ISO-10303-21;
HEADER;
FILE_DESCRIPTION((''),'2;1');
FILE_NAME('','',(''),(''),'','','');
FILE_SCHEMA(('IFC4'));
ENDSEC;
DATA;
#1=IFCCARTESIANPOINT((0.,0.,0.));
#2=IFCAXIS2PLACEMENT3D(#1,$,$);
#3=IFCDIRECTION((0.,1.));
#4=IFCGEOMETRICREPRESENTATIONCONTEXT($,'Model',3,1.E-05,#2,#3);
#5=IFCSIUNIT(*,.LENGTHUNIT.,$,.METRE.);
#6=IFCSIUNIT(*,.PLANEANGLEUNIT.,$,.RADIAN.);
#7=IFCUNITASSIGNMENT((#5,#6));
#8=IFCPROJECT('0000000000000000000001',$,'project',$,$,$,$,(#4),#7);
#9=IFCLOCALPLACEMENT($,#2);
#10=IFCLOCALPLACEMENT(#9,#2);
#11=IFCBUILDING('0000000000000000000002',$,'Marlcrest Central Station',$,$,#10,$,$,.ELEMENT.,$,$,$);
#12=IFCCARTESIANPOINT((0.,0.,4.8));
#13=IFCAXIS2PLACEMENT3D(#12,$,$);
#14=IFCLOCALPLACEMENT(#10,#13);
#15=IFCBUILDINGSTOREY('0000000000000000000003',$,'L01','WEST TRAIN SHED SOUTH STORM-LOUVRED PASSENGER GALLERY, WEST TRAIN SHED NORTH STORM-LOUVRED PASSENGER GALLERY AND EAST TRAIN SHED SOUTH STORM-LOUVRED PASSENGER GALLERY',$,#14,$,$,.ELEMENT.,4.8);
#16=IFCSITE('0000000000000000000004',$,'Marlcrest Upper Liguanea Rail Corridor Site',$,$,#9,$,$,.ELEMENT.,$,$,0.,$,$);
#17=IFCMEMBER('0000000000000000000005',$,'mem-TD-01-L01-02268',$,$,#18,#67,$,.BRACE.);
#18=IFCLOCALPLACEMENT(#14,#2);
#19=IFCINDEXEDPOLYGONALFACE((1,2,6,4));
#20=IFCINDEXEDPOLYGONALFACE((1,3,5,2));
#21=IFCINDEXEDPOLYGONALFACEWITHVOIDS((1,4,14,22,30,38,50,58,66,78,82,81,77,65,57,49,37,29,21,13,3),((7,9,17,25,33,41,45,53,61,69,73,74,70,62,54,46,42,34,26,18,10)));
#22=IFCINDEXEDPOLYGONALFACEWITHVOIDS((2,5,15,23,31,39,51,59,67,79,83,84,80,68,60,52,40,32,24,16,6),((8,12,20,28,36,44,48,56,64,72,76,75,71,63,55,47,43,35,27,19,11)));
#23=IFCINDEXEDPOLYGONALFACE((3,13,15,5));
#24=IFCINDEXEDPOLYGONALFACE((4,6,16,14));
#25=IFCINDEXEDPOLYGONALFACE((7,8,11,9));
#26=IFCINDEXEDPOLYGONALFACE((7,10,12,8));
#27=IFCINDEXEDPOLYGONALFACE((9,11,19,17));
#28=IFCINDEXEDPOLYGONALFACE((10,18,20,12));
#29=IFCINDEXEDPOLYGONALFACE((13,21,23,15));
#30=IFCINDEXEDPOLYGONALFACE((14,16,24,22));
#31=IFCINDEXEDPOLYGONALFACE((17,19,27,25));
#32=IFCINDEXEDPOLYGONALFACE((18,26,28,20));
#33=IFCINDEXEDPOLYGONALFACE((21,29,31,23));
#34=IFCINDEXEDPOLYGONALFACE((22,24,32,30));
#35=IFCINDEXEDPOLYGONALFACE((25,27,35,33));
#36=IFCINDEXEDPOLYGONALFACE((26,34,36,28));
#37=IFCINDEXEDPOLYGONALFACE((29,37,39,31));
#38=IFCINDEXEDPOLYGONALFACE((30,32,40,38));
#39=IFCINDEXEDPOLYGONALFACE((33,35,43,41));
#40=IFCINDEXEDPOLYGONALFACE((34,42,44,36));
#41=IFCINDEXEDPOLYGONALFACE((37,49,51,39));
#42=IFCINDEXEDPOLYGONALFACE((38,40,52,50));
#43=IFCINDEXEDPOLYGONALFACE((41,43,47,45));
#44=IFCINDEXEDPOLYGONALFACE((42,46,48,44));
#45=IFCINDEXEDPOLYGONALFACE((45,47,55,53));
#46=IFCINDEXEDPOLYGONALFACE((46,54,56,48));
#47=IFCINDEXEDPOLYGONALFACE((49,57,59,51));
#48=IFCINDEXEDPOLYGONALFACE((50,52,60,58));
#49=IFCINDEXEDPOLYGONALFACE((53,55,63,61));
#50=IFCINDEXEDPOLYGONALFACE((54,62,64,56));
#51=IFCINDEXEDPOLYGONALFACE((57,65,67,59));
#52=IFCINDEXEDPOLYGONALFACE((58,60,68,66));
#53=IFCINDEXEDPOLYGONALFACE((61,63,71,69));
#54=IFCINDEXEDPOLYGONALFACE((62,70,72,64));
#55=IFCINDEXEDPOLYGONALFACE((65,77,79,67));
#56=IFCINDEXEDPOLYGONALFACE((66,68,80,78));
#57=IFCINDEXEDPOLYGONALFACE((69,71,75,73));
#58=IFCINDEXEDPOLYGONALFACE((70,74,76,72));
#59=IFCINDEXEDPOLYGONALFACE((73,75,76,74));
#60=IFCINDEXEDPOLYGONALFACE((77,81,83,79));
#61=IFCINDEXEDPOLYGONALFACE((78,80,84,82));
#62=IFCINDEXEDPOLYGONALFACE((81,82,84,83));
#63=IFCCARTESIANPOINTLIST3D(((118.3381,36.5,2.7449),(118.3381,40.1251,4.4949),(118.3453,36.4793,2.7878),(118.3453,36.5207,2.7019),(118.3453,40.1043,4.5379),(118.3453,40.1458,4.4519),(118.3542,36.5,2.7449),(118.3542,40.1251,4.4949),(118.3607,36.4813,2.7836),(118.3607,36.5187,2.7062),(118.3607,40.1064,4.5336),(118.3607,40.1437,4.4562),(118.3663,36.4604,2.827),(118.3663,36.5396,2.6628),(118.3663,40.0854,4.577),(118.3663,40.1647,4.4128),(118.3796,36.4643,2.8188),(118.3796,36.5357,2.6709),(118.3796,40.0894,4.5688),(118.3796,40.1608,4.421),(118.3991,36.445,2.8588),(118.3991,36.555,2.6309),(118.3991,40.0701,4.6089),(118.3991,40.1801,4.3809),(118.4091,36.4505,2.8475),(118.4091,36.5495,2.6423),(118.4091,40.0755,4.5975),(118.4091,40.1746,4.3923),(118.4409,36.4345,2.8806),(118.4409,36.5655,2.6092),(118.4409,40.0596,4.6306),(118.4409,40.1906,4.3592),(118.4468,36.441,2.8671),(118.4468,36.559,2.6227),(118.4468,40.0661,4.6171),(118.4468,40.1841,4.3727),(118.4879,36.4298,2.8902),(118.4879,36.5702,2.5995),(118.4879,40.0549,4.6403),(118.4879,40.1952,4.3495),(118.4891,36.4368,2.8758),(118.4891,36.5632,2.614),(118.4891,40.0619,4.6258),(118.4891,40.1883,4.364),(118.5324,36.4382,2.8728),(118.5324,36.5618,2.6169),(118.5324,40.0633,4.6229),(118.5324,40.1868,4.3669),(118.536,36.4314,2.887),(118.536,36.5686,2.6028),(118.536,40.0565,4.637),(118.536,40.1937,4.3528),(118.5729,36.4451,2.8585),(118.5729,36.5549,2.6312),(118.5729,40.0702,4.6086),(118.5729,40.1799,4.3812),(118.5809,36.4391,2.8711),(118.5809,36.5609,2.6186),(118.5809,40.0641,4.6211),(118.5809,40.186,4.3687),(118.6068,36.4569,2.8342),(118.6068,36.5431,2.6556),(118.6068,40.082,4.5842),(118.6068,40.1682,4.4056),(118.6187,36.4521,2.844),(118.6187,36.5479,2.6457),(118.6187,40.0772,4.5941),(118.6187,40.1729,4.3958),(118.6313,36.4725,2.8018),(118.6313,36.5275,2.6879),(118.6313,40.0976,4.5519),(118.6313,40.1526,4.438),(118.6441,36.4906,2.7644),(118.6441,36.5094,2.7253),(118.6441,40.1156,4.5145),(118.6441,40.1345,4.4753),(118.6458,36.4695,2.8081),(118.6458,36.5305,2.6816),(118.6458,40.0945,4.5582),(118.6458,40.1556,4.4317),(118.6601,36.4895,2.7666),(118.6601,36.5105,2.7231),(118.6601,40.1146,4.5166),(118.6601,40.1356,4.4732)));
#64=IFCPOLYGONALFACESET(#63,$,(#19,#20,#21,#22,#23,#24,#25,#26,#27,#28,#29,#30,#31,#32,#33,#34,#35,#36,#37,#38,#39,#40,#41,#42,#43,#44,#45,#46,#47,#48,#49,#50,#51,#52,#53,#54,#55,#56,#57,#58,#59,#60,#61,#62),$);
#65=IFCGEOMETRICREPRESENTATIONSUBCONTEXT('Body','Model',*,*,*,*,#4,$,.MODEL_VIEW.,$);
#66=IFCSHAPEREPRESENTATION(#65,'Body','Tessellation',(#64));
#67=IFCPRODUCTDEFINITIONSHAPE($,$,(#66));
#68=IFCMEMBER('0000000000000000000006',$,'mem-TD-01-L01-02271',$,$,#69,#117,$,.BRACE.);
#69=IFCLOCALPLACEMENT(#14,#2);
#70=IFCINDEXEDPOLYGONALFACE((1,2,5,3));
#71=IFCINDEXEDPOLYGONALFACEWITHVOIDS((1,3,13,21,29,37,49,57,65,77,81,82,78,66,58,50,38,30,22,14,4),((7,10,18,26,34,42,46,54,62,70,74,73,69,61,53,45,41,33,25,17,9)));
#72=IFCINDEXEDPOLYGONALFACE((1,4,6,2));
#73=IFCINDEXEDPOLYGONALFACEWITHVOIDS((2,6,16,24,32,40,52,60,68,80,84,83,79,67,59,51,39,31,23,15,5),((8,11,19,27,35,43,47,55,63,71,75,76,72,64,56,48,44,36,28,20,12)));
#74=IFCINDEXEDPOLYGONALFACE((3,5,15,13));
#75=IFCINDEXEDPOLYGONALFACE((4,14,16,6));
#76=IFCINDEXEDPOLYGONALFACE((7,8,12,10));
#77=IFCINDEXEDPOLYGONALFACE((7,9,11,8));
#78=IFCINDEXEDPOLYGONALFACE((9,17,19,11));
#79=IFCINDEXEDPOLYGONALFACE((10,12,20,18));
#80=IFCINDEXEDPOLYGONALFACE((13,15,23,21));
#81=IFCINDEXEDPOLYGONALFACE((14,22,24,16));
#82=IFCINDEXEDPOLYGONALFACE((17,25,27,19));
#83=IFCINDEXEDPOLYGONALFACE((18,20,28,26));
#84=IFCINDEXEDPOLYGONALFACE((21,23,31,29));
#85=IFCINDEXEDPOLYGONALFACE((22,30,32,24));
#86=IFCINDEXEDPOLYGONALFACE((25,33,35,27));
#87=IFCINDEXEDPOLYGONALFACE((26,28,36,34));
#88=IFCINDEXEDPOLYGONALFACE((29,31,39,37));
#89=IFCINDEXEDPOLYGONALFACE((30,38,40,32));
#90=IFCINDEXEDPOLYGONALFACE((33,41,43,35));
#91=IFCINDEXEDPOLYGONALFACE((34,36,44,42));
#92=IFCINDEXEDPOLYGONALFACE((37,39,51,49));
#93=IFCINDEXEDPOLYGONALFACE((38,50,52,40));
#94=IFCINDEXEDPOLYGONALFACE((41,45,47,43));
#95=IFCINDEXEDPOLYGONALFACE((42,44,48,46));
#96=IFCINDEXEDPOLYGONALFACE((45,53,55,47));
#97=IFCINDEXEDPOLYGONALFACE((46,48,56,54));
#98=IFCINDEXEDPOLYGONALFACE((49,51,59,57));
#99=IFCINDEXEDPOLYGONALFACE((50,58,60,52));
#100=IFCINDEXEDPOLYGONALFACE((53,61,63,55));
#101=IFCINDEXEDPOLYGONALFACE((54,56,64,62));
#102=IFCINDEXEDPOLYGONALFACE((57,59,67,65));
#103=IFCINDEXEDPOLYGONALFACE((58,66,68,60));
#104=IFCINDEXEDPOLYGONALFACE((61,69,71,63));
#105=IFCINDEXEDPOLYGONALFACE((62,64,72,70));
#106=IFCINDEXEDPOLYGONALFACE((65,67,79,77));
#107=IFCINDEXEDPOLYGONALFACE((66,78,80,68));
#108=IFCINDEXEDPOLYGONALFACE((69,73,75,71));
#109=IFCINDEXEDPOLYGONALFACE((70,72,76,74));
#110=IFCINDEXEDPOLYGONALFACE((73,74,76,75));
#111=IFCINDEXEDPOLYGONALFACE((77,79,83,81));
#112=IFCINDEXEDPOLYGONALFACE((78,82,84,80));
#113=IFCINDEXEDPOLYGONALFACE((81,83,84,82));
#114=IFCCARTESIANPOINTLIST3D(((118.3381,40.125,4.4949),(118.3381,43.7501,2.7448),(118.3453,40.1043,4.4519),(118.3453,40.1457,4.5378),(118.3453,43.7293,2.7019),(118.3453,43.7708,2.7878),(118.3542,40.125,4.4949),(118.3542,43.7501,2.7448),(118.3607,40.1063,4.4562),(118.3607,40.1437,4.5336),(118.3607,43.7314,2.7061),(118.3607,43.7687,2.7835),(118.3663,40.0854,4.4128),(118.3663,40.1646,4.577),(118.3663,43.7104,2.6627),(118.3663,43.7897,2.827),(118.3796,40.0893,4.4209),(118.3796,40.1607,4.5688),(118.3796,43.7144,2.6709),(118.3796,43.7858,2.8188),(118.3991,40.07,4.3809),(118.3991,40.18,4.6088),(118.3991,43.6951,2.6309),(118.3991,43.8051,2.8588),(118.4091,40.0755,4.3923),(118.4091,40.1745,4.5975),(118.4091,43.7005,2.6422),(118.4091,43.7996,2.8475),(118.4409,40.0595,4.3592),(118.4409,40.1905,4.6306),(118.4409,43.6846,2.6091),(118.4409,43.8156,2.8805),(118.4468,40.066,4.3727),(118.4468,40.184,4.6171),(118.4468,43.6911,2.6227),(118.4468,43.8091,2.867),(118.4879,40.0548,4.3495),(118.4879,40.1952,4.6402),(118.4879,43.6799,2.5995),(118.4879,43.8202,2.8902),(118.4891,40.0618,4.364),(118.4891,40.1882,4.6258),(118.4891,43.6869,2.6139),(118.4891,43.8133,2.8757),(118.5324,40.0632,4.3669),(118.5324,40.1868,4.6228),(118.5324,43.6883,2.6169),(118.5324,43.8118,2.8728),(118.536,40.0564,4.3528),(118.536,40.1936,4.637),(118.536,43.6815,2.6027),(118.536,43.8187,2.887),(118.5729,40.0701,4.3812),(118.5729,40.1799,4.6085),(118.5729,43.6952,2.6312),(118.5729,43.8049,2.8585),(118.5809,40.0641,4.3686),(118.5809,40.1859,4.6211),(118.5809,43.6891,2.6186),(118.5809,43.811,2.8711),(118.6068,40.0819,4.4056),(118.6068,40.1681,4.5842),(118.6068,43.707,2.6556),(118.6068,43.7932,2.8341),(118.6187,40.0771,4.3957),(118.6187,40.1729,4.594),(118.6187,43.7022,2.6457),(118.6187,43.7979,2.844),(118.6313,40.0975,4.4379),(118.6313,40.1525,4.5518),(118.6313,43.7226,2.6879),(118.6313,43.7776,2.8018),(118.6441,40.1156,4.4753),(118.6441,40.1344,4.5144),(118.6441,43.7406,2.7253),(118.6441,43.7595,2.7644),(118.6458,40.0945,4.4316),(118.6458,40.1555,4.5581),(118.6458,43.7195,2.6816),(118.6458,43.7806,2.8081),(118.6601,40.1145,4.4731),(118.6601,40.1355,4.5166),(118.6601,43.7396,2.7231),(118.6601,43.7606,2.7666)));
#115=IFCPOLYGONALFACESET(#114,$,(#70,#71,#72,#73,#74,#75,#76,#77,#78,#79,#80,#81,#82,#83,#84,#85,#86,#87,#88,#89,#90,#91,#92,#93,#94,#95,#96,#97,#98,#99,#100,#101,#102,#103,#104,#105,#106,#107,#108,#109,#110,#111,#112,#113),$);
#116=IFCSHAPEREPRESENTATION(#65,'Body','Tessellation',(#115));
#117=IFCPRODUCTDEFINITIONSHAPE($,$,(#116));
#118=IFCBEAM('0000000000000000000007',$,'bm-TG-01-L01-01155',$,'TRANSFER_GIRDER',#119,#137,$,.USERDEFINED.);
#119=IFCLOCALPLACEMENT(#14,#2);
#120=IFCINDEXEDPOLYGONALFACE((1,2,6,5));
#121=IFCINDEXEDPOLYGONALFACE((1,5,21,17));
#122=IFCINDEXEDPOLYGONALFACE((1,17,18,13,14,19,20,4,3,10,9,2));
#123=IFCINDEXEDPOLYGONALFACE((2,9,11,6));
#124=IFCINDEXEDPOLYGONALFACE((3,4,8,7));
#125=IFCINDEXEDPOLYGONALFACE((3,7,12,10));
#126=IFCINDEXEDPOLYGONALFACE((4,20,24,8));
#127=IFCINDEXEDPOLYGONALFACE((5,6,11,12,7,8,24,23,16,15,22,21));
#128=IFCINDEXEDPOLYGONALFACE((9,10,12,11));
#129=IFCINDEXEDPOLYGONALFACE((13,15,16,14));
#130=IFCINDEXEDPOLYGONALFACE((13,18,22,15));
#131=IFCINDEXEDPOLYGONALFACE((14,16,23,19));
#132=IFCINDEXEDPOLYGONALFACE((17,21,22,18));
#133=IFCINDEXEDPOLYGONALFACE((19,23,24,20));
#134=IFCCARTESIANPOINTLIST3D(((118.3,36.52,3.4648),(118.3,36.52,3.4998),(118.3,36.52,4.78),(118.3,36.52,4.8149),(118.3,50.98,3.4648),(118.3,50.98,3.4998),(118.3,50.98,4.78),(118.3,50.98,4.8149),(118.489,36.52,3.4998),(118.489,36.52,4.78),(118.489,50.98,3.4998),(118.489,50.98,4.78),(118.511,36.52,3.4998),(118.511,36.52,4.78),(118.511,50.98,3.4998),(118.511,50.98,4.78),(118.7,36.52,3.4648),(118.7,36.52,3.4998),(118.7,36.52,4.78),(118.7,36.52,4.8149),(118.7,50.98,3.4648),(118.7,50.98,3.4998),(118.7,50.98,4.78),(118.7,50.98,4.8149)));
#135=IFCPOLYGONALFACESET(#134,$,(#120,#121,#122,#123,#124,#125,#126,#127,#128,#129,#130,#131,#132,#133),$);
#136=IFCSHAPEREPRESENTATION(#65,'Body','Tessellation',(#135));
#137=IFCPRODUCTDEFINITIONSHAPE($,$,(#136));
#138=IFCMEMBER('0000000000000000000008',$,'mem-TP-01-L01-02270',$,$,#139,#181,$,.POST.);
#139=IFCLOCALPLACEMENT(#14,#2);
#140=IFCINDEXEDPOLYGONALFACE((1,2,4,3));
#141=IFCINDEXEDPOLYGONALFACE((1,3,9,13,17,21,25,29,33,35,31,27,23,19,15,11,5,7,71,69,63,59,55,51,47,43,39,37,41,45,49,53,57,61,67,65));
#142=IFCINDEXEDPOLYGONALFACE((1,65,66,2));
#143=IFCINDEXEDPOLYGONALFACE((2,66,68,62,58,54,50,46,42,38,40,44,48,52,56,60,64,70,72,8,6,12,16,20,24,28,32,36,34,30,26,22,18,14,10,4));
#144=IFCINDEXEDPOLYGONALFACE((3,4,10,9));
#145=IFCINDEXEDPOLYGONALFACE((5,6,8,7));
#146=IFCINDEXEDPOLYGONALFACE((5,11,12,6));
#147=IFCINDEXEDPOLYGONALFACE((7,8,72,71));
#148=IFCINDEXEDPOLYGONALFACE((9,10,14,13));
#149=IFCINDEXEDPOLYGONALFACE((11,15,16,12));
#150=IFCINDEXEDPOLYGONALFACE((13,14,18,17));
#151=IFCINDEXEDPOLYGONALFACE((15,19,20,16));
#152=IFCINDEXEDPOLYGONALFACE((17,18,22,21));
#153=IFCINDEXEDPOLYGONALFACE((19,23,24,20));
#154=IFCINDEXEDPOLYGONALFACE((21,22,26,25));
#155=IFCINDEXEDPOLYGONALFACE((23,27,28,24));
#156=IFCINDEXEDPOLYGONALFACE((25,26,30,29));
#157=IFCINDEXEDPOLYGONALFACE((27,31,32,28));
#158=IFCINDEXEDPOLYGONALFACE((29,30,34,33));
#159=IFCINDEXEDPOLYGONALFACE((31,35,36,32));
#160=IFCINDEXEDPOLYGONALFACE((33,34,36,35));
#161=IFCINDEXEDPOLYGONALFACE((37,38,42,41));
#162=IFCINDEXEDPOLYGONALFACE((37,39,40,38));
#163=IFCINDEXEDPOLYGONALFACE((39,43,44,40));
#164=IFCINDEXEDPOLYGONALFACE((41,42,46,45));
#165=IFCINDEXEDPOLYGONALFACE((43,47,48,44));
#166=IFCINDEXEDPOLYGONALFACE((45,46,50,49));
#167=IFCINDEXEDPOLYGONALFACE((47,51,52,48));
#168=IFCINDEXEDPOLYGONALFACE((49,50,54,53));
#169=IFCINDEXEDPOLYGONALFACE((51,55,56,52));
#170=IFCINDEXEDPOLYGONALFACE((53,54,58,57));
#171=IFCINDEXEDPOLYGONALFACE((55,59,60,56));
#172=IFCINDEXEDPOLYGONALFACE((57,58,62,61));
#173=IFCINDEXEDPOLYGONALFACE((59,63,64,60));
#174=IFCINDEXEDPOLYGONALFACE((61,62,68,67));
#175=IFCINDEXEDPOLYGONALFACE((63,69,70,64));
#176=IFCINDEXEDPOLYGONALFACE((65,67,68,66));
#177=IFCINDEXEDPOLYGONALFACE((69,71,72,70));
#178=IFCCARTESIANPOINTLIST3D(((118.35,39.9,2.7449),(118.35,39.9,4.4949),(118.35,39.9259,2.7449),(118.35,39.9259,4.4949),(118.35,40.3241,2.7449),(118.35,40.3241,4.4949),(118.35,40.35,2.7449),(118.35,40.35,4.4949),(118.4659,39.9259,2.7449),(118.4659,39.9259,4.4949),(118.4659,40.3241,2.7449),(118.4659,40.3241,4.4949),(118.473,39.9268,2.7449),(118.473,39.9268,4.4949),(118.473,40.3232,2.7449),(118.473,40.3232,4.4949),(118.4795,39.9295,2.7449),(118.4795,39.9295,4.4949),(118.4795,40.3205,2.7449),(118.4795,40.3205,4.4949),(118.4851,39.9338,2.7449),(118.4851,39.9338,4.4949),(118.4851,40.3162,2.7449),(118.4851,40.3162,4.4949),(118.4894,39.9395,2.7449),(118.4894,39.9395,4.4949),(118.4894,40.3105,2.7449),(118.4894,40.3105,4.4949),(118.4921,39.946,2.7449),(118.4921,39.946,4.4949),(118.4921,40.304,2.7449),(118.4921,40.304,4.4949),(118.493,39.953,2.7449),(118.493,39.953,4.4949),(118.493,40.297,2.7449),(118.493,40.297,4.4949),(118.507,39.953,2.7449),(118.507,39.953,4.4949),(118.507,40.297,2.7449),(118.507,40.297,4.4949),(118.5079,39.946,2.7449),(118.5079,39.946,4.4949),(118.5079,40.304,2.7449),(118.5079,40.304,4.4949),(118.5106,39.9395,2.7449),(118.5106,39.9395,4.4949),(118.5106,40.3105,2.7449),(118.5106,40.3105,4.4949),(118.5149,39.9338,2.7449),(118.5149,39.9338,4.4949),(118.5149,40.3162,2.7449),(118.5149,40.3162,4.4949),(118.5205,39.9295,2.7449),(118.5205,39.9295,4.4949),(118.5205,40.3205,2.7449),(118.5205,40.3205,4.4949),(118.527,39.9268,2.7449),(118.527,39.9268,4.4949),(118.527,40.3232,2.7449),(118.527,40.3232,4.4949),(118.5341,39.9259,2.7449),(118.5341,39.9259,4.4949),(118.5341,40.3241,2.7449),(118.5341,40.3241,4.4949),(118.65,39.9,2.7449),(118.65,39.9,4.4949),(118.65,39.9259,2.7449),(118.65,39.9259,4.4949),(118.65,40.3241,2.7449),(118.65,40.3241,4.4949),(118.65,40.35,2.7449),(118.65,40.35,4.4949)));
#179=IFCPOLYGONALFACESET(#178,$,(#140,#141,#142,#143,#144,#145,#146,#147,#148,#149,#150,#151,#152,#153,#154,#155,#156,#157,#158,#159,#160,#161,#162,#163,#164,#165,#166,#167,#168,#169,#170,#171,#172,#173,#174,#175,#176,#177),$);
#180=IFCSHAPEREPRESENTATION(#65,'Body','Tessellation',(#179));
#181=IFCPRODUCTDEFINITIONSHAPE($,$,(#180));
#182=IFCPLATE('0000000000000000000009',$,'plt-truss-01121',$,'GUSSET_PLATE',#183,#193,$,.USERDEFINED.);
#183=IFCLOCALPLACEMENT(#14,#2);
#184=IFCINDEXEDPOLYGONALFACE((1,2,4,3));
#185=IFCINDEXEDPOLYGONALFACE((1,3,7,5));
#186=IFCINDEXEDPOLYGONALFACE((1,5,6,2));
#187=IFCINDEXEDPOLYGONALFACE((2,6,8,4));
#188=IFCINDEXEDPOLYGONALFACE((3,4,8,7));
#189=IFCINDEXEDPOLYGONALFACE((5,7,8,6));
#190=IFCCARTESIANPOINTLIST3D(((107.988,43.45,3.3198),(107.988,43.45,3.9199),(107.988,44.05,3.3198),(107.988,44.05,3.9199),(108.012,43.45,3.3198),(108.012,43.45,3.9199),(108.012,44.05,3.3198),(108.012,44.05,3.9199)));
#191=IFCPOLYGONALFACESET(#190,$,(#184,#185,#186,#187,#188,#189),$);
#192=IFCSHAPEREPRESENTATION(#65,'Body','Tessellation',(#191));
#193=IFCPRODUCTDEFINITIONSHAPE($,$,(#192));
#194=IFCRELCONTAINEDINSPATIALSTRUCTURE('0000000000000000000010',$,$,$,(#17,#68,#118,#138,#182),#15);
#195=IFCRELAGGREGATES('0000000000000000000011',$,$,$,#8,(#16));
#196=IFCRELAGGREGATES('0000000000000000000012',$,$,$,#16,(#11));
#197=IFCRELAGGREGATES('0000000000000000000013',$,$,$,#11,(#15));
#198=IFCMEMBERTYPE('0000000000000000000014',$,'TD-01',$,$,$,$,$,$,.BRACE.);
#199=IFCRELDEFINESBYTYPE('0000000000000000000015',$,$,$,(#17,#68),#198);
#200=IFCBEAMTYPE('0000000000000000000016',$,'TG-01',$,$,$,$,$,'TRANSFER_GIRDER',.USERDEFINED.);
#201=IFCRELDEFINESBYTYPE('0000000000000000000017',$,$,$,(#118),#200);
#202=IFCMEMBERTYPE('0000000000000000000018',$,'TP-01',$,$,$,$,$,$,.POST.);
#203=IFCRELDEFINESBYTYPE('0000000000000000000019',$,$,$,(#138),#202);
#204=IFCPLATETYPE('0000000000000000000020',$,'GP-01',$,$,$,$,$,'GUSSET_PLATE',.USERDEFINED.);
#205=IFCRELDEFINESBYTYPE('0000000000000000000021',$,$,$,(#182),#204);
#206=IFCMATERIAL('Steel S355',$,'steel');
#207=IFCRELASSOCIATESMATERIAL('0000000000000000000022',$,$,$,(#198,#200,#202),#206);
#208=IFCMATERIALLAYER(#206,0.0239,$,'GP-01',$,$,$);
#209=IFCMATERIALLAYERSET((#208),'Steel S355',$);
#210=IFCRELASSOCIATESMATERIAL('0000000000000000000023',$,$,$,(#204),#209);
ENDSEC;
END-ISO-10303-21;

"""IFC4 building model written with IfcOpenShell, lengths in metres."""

from ifc_helpers import new_model, si_unit, direction, frame, origin, origin_2d, place, context, subcontext, project, spatial, rectangle, hollow_circle, i_section, extrude, material, layer, layer_set, material_profile, profile_set, type_object, element, save


model = new_model("IFC4")

# Units and contexts
model_context = context("Model", 3, precision=1e-05, world=origin(), true_north=direction((0.0, 1.0)))
body_context = subcontext(model_context, "Body", "Model", "MODEL_VIEW")
ifc_project = project(units=[si_unit("LENGTHUNIT", "METRE"), si_unit("PLANEANGLEUNIT", "RADIAN")], contexts=[model_context])

# Site, building, storey
site_placement = place(None, origin())
site = spatial("IfcSite", under=ifc_project, at=site_placement, Name="Marlcrest Upper Liguanea Rail Corridor Site", CompositionType="ELEMENT", RefElevation=0.0)
building_placement = place(site_placement, origin())
building = spatial("IfcBuilding", under=site, at=building_placement, Name="Marlcrest Central Station", CompositionType="ELEMENT")
storey_placement = place(building_placement, frame((0.0, 0.0, 4.8)))
storey = spatial("IfcBuildingStorey", under=building, at=storey_placement, Name="L01", Description="WEST TRAIN SHED SOUTH STORM-LOUVRED PASSENGER GALLERY, WEST TRAIN SHED NORTH STORM-LOUVRED PASSENGER GALLERY AND EAST TRAIN SHED SOUTH STORM-LOUVRED PASSENGER GALLERY", CompositionType="ELEMENT", Elevation=4.8)

# Shared definitions
ifc_material = material(Name="Steel S355", Category="steel")

# Members
ifc_material_profile_1 = material_profile(ifc_material, hollow_circle(Radius=0.1619, WallThickness=0.0161, at=origin_2d()), Name="CHS 323.9x16")
ifc_profile_set_1 = profile_set([ifc_material_profile_1], Name="Steel S355")
member_type_1 = type_object("IfcMemberType", Name="TD-01", PredefinedType="BRACE", material=ifc_profile_set_1)
for number, where, z_axis, x_axis, name in (
    (1, (118.5, 36.5, 2.7449), (0.0, 0.900552, 0.434749), (-1.0, 0.0, 0.0), "mem-TD-01-L01-02268"),
    (2, (118.5, 40.125, 4.4949), (0.0, 0.900552, -0.434749), (-1.0, 0.0, 0.0), "mem-TD-01-L01-02271"),
):
    element("IfcMember", number, at=place(storey_placement, frame(where, z_axis=z_axis, x_axis=x_axis)), inside=storey, type_object=member_type_1, Name=name, PredefinedType="BRACE", context=body_context, shape_type="SweptSolid", body=[
        extrude(hollow_circle(Radius=0.1619, WallThickness=0.0161, at=origin_2d()), origin(), (0.0, 0.0, 1.0), 4.0254),
    ])

# Beam
ifc_material_profile_2 = material_profile(ifc_material, i_section(OverallWidth=0.3999, OverallDepth=1.3501, WebThickness=0.022, FlangeThickness=0.0349, at=origin_2d()), Name="PG 1350x400")
ifc_profile_set_2 = profile_set([ifc_material_profile_2], Name="Steel S355")
beam_type_1 = type_object("IfcBeamType", Name="TG-01", ElementType="TRANSFER_GIRDER", PredefinedType="USERDEFINED", material=ifc_profile_set_2)
beam_1_placement = place(storey_placement, frame((118.5, 36.52, 4.1399), z_axis=(0.0, 1.0, 0.0), x_axis=(-1.0, 0.0, 0.0)))
element("IfcBeam", 3, at=beam_1_placement, inside=storey, type_object=beam_type_1, Name="bm-TG-01-L01-01155", ObjectType="TRANSFER_GIRDER", PredefinedType="USERDEFINED", context=body_context, shape_type="SweptSolid", body=[
    extrude(i_section(OverallWidth=0.3999, OverallDepth=1.3501, WebThickness=0.022, FlangeThickness=0.0349, at=origin_2d()), origin(), (0.0, 0.0, 1.0), 14.46),
])

# Member
ifc_material_profile_3 = material_profile(ifc_material, i_section(OverallWidth=0.3, OverallDepth=0.45, WebThickness=0.0139, FlangeThickness=0.0259, FilletRadius=0.0271, at=origin_2d()), Name="HEB 450")
ifc_profile_set_3 = profile_set([ifc_material_profile_3], Name="Steel S355")
member_type_2 = type_object("IfcMemberType", Name="TP-01", PredefinedType="POST", material=ifc_profile_set_3)
member_1_placement = place(storey_placement, frame((118.5, 40.125, 2.7449), z_axis=(0.0, 0.0, 1.0), x_axis=(1.0, 0.0, 0.0)))
element("IfcMember", 4, at=member_1_placement, inside=storey, type_object=member_type_2, Name="mem-TP-01-L01-02270", PredefinedType="POST", context=body_context, shape_type="SweptSolid", body=[
    extrude(i_section(OverallWidth=0.3, OverallDepth=0.45, WebThickness=0.0139, FlangeThickness=0.0259, FilletRadius=0.0271, at=origin_2d()), origin(), (0.0, 0.0, 1.0), 1.75),
])

# Plate
ifc_layer_1 = layer(ifc_material, 0.0239, Name="GP-01")
ifc_layer_set_1 = layer_set([ifc_layer_1], Name="Steel S355")
plate_type_1 = type_object("IfcPlateType", Name="GP-01", ElementType="GUSSET_PLATE", PredefinedType="USERDEFINED", material=ifc_layer_set_1)
for number, where, z_axis, x_axis, name in (
    (5, (108.0, 43.75, 3.3198), (0.0, 0.0, 1.0), (1.0, 0.0, 0.0), "plt-truss-01121"),
):
    element("IfcPlate", number, at=place(storey_placement, frame(where, z_axis=z_axis, x_axis=x_axis)), inside=storey, type_object=plate_type_1, Name=name, ObjectType="GUSSET_PLATE", PredefinedType="USERDEFINED", context=body_context, shape_type="SweptSolid", body=[
        extrude(rectangle(XDim=0.0239, YDim=0.6001, at=origin_2d()), origin(), (0.0, 0.0, 1.0), 0.6001),
    ])

save(model, "model.ifc")
